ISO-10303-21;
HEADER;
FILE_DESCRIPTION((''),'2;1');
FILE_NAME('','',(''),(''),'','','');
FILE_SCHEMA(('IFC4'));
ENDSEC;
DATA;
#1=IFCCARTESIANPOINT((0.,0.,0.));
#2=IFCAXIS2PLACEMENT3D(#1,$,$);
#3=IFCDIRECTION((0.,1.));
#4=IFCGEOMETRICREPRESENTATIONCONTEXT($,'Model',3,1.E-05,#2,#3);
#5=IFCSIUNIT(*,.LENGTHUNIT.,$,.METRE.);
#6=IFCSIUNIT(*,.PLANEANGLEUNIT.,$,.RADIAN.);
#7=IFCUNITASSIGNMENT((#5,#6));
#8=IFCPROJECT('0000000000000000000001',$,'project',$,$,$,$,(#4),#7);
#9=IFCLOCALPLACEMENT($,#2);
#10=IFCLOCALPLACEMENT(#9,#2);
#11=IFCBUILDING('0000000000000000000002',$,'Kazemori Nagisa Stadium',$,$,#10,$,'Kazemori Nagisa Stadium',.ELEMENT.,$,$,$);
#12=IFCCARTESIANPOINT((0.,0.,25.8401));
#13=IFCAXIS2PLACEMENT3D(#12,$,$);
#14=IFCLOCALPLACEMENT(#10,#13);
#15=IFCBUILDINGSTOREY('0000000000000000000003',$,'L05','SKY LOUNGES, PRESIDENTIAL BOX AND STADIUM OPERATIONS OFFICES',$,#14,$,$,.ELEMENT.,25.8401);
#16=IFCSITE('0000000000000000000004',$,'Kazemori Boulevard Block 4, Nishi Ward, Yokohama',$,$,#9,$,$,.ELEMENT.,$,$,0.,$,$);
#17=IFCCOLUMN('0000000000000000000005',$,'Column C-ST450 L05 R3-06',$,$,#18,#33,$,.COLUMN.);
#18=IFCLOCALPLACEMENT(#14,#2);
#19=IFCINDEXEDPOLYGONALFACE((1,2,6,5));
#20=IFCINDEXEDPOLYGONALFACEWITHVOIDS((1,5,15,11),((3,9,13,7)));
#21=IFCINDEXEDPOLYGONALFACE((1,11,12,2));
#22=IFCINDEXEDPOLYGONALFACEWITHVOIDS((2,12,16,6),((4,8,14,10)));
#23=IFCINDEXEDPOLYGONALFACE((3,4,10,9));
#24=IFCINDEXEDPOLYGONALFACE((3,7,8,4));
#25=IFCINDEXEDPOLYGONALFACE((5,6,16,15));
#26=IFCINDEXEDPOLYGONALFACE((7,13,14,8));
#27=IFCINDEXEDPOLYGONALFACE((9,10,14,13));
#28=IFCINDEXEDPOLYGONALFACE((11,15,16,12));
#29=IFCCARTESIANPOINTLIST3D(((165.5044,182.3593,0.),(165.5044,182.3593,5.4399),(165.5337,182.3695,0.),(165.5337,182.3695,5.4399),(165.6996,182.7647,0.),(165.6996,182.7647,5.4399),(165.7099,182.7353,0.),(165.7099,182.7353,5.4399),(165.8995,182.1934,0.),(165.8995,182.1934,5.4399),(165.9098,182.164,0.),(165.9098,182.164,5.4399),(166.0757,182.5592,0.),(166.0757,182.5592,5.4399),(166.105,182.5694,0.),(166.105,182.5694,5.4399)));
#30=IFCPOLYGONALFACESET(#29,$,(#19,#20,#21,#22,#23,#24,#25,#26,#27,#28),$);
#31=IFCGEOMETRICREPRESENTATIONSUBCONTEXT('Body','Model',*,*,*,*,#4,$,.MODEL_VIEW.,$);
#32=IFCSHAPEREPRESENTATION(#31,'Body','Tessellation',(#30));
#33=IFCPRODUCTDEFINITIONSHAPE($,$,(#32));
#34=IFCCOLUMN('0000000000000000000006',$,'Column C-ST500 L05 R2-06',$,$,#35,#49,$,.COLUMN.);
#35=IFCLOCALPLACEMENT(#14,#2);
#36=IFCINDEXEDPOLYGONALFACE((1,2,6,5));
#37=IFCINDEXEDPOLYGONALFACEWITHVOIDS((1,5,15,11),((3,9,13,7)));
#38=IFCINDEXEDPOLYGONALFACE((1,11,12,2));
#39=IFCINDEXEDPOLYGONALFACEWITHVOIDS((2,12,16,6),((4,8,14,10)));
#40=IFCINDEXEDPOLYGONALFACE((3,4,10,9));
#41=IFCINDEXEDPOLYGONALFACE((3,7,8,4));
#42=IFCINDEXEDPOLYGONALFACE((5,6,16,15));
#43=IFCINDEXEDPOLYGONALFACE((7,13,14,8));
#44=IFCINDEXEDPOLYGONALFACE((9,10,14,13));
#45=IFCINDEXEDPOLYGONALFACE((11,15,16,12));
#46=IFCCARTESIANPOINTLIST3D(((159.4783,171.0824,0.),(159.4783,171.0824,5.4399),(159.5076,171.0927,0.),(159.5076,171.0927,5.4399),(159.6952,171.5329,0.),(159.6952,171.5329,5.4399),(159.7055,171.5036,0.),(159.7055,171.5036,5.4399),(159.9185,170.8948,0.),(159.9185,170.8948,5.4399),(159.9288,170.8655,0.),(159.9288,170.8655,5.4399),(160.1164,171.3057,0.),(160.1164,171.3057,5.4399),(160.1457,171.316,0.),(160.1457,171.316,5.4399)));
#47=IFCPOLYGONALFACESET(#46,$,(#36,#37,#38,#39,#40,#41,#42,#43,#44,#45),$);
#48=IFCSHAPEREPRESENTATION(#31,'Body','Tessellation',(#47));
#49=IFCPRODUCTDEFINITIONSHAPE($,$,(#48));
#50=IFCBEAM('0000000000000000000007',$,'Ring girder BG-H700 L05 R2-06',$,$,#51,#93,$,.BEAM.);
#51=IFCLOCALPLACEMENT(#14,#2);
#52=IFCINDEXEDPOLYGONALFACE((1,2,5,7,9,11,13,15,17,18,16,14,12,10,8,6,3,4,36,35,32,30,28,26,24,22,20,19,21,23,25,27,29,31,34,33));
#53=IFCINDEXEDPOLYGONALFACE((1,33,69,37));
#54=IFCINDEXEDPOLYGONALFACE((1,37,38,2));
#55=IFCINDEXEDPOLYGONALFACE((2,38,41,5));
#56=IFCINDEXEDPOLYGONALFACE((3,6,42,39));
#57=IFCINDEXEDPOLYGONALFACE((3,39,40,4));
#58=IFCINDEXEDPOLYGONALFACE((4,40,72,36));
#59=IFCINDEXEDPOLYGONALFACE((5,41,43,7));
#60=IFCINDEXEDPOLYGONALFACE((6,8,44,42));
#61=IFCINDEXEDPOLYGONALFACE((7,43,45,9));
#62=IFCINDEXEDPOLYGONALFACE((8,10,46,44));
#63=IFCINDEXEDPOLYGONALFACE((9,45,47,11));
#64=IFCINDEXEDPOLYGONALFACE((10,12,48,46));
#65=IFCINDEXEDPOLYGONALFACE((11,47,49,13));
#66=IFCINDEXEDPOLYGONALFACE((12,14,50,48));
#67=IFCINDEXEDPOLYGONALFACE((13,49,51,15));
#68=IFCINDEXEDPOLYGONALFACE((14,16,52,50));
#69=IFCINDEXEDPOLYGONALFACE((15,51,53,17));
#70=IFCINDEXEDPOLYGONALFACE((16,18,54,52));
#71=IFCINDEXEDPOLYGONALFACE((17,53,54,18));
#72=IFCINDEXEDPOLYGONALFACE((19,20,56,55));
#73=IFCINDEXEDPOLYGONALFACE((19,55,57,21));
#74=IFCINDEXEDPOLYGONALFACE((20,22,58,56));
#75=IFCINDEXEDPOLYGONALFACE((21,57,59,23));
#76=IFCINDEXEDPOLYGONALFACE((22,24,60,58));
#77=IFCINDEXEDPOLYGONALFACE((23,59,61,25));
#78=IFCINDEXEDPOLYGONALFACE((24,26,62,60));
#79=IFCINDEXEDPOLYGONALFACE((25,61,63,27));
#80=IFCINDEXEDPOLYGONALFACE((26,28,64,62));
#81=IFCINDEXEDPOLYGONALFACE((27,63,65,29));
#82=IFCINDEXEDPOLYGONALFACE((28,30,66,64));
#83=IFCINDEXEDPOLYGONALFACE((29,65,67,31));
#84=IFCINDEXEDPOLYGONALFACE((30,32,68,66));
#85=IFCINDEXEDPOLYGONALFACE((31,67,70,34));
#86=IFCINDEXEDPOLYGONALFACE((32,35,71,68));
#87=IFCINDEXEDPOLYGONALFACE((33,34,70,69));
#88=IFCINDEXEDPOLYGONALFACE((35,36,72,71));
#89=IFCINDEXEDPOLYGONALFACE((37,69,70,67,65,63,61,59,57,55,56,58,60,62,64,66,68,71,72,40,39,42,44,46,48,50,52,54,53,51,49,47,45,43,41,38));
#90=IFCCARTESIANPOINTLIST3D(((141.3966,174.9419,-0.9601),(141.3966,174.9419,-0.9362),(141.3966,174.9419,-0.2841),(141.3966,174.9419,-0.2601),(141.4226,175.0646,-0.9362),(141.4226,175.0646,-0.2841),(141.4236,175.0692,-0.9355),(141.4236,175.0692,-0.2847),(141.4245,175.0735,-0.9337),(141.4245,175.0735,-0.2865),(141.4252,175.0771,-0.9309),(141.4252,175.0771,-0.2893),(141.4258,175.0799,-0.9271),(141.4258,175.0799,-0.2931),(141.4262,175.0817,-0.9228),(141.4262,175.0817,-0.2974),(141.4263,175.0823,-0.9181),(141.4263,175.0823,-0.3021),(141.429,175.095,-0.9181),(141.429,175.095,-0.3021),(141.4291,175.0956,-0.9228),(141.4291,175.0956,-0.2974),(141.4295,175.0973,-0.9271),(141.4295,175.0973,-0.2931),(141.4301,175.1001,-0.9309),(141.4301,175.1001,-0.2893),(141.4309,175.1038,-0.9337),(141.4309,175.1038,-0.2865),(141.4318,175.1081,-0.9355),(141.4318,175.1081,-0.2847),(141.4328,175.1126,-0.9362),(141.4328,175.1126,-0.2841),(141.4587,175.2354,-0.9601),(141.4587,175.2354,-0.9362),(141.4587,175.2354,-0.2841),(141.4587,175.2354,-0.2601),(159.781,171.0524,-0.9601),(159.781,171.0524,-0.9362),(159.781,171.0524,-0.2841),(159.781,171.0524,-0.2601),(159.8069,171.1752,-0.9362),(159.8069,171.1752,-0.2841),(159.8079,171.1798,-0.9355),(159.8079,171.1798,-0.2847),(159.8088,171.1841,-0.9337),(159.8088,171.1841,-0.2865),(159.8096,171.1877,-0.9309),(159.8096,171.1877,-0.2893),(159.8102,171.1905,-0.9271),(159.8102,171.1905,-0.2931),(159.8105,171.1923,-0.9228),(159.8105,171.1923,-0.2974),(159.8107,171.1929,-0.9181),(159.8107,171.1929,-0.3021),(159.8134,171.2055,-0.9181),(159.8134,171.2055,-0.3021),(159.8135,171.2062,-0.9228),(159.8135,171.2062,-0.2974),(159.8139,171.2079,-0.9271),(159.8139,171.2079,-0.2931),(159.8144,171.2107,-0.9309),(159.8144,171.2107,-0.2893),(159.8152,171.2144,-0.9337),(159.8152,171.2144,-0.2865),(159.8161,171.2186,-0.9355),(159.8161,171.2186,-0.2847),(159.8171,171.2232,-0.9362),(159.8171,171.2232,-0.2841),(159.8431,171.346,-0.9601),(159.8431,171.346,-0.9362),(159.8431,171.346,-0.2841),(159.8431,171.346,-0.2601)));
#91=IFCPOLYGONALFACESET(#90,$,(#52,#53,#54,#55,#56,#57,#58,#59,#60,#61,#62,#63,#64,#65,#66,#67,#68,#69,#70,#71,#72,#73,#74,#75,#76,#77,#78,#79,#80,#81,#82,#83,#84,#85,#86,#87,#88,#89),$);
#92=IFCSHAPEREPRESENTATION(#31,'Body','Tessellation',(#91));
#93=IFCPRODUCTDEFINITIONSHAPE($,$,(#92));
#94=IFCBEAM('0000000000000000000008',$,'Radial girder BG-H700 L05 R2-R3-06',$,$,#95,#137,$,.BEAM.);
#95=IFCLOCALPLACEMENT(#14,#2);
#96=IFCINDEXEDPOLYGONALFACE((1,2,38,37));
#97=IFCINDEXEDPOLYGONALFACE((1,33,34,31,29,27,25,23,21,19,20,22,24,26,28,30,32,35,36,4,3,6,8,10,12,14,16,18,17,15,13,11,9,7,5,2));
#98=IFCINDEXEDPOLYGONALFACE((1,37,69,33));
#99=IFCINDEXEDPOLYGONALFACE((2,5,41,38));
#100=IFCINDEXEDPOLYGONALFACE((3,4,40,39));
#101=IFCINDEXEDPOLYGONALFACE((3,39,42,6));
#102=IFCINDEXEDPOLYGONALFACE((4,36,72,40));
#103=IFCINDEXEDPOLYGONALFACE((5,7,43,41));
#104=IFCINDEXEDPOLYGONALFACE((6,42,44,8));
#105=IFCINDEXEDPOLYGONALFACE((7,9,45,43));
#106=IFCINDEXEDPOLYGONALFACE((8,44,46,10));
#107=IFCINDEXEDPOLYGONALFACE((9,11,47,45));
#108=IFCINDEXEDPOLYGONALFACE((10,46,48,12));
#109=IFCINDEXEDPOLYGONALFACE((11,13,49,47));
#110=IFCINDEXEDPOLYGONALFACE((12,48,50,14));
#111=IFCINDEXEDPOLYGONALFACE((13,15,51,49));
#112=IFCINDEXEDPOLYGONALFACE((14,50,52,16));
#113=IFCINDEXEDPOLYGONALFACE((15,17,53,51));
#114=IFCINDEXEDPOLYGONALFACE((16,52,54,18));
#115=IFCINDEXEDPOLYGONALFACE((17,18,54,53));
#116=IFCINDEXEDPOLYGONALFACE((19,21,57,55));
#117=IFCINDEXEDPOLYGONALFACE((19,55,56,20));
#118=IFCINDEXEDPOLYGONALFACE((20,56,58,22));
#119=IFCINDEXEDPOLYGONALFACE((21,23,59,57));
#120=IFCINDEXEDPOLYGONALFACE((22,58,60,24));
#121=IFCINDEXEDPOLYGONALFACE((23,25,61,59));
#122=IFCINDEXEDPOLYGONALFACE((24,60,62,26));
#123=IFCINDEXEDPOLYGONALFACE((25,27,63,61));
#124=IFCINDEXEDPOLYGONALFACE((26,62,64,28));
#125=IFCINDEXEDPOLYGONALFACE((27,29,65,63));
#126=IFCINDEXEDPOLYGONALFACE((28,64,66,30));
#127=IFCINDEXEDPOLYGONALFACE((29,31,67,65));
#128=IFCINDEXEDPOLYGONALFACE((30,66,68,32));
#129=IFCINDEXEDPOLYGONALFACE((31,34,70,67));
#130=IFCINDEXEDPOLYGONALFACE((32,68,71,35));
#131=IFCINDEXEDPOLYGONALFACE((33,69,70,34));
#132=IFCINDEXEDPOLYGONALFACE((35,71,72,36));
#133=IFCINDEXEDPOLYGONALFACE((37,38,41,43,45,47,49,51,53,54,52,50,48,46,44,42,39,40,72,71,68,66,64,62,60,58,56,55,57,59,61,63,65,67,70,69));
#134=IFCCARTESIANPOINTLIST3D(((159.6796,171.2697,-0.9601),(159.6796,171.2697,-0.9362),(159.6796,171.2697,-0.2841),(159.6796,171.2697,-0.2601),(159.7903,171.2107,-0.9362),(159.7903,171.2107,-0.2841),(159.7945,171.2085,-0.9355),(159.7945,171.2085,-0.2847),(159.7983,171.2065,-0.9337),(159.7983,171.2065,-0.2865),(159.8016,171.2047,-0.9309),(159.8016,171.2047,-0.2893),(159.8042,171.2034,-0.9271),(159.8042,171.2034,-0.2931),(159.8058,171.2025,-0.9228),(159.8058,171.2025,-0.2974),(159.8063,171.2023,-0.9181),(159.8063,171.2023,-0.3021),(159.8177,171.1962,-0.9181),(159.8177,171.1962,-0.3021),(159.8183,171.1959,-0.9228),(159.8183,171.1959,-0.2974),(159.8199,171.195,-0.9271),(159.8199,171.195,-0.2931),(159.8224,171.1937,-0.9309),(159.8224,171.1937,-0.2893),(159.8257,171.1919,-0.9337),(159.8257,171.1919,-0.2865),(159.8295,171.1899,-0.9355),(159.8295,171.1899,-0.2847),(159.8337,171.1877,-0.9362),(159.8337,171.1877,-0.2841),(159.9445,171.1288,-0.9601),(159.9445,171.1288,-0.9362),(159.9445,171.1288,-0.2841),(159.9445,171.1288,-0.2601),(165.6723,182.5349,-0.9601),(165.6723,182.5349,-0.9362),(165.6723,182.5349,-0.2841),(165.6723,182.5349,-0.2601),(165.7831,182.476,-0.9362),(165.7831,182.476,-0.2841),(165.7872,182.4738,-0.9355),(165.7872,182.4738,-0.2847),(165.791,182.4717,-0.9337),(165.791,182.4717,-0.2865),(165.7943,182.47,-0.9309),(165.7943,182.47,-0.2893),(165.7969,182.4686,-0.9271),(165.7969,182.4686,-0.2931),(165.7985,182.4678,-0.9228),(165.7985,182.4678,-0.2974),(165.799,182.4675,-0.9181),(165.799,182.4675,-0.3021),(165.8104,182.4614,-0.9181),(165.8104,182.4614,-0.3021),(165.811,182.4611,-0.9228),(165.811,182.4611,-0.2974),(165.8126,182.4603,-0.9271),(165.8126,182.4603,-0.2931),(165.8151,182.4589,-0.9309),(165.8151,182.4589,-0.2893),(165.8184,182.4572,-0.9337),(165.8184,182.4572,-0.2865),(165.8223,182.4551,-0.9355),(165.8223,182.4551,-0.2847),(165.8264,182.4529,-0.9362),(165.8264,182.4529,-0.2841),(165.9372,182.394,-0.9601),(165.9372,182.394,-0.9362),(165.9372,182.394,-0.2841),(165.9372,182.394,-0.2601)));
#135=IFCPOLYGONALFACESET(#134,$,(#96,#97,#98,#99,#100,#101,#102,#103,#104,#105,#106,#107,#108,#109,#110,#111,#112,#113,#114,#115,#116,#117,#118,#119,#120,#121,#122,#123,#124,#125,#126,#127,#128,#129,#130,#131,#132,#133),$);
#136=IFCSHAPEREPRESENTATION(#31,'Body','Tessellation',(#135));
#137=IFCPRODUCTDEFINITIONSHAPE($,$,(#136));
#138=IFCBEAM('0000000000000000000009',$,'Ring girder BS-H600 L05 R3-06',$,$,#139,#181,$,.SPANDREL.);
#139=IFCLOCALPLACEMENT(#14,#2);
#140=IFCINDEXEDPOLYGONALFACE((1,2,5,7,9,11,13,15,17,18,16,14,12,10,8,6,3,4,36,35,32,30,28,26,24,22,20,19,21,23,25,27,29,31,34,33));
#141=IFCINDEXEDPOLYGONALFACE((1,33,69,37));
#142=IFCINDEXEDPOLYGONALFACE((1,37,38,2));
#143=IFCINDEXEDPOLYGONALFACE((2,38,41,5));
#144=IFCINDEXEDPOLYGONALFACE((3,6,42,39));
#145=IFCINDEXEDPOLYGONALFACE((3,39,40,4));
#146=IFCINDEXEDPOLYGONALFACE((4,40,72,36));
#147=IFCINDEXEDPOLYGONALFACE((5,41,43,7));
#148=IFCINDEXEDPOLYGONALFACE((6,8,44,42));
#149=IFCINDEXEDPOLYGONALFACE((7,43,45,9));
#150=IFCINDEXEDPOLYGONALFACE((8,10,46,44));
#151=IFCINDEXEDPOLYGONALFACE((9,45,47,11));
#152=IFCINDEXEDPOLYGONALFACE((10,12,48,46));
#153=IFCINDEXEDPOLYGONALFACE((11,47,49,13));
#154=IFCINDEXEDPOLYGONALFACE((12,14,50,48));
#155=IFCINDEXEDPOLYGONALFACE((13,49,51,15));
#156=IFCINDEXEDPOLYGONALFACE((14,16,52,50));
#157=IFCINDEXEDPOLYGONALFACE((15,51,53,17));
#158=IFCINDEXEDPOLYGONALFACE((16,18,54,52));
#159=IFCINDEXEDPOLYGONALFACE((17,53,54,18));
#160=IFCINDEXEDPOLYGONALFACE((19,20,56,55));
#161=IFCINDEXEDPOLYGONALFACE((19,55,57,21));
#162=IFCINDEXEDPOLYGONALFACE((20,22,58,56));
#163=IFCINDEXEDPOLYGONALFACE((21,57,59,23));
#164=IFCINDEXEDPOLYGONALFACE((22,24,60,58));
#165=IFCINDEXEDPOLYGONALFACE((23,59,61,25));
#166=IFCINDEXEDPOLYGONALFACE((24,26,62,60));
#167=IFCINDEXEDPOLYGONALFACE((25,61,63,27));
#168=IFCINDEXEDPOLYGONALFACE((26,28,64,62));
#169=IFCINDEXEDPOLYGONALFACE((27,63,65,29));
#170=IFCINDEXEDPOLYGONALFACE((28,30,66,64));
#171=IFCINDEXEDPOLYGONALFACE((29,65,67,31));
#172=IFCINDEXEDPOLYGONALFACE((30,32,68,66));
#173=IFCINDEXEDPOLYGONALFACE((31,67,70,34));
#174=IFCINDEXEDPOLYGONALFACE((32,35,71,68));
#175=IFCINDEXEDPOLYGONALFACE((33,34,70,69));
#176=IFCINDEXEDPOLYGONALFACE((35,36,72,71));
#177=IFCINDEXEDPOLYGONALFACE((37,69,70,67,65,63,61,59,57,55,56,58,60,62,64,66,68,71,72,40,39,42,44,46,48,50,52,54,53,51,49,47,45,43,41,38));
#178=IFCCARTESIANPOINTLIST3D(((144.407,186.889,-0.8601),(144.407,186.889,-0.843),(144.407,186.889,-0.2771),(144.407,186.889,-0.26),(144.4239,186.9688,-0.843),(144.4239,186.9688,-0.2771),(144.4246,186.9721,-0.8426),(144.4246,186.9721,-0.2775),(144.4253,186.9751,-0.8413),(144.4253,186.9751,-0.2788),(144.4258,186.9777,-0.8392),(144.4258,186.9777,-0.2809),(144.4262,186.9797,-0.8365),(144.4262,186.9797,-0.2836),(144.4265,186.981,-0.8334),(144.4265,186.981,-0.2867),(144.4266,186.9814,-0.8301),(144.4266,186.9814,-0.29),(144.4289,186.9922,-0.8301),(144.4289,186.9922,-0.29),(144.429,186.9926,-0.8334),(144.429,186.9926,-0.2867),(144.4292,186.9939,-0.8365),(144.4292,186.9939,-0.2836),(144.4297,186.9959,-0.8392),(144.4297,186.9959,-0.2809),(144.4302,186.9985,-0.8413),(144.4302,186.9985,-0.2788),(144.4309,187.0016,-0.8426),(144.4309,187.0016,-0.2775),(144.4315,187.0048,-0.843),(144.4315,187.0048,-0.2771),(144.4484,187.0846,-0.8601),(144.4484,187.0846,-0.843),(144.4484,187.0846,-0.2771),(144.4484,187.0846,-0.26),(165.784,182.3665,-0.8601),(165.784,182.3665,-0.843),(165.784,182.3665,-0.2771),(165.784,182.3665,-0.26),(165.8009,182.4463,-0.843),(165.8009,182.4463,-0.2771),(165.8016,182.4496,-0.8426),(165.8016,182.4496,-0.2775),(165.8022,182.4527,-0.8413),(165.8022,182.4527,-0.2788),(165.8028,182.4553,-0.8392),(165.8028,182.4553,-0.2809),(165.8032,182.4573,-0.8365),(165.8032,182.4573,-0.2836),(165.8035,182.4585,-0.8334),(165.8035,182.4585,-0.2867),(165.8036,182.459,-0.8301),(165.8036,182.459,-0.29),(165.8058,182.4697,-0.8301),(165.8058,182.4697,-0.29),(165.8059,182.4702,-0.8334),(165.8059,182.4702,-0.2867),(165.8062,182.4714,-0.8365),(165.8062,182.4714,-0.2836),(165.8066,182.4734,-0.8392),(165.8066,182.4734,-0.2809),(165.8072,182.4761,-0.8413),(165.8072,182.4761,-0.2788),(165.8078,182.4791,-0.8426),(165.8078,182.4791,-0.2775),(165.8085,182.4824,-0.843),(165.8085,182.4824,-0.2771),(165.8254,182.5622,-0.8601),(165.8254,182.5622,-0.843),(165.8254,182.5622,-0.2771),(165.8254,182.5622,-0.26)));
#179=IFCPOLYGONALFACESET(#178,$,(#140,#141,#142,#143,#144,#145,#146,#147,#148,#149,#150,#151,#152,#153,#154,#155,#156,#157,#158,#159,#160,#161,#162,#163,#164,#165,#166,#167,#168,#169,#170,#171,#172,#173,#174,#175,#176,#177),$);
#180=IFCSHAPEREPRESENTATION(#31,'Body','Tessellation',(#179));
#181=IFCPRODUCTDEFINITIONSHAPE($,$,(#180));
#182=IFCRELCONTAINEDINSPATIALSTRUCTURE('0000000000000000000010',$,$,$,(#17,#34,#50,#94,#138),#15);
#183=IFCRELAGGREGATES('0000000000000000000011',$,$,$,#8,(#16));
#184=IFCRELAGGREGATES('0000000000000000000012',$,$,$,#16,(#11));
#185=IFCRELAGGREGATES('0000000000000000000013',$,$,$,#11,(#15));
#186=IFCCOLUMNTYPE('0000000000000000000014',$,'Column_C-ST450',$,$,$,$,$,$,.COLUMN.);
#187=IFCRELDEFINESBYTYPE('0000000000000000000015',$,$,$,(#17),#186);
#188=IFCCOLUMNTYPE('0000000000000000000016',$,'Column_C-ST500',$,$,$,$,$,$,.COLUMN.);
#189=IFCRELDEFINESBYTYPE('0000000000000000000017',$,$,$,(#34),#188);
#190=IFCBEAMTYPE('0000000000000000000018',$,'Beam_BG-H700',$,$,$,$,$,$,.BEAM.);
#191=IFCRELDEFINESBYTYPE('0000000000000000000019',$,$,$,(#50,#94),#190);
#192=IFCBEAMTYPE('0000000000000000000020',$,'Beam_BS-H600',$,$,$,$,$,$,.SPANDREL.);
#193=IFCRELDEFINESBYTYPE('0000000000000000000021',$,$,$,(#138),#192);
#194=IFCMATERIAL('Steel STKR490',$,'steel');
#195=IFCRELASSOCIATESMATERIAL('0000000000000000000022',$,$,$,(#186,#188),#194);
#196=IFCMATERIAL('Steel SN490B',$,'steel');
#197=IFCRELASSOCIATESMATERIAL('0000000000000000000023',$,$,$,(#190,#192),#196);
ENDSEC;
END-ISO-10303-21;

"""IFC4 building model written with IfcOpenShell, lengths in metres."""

from ifc_helpers import new_model, si_unit, direction, frame, origin, origin_2d, place, context, subcontext, project, spatial, hollow_rectangle, i_section, extrude, material, material_profile, profile_set, type_object, element, save


model = new_model("IFC4")

# Units and contexts
model_context = context("Model", 3, precision=1e-05, world=origin(), true_north=direction((0.0, 1.0)))
body_context = subcontext(model_context, "Body", "Model", "MODEL_VIEW")
ifc_project = project(units=[si_unit("LENGTHUNIT", "METRE"), si_unit("PLANEANGLEUNIT", "RADIAN")], contexts=[model_context])

# Site, building, storey
site_placement = place(None, origin())
site = spatial("IfcSite", under=ifc_project, at=site_placement, Name="Kazemori Boulevard Block 4, Nishi Ward, Yokohama", CompositionType="ELEMENT", RefElevation=0.0)
building_placement = place(site_placement, origin())
building = spatial("IfcBuilding", under=site, at=building_placement, Name="Kazemori Nagisa Stadium", LongName="Kazemori Nagisa Stadium", CompositionType="ELEMENT")
storey_placement = place(building_placement, frame((0.0, 0.0, 25.8401)))
storey = spatial("IfcBuildingStorey", under=building, at=storey_placement, Name="L05", Description="SKY LOUNGES, PRESIDENTIAL BOX AND STADIUM OPERATIONS OFFICES", CompositionType="ELEMENT", Elevation=25.8401)

# Columns
ifc_material_1 = material(Name="Steel STKR490", Category="steel")
ifc_material_profile_1 = material_profile(ifc_material_1, hollow_rectangle(XDim=0.45, YDim=0.45, WallThickness=0.022, at=origin_2d()), Name="SHS-450x450x22")
ifc_profile_set_1 = profile_set([ifc_material_profile_1], Name="Steel STKR490")
column_type_1 = type_object("IfcColumnType", Name="Column_C-ST450", PredefinedType="COLUMN", material=ifc_profile_set_1)
column_1_placement = place(storey_placement, frame((165.8047, 182.4644, 0.0), z_axis=(0.0, 0.0, 1.0), x_axis=(0.433884, 0.900969, 0.0)))
element("IfcColumn", 1, at=column_1_placement, inside=storey, type_object=column_type_1, Name="Column C-ST450 L05 R3-06", PredefinedType="COLUMN", context=body_context, shape_type="SweptSolid", body=[
    extrude(hollow_rectangle(XDim=0.45, YDim=0.45, WallThickness=0.022, at=origin_2d()), origin(), (0.0, 0.0, 1.0), 5.4399),
])
ifc_material_profile_2 = material_profile(ifc_material_1, hollow_rectangle(XDim=0.5, YDim=0.5, WallThickness=0.022, at=origin_2d()), Name="SHS-500x500x22")
ifc_profile_set_2 = profile_set([ifc_material_profile_2], Name="Steel STKR490")
column_type_2 = type_object("IfcColumnType", Name="Column_C-ST500", PredefinedType="COLUMN", material=ifc_profile_set_2)
column_2_placement = place(storey_placement, frame((159.812, 171.1992, 0.0), z_axis=(0.0, 0.0, 1.0), x_axis=(0.433884, 0.900969, 0.0)))
element("IfcColumn", 2, at=column_2_placement, inside=storey, type_object=column_type_2, Name="Column C-ST500 L05 R2-06", PredefinedType="COLUMN", context=body_context, shape_type="SweptSolid", body=[
    extrude(hollow_rectangle(XDim=0.5, YDim=0.5, WallThickness=0.022, at=origin_2d()), origin(), (0.0, 0.0, 1.0), 5.4399),
])

# Beams
ifc_material_2 = material(Name="Steel SN490B", Category="steel")
ifc_material_profile_3 = material_profile(ifc_material_2, i_section(OverallWidth=0.3, OverallDepth=0.7, WebThickness=0.0129, FlangeThickness=0.0239, FilletRadius=0.0181, at=origin_2d()), Name="H-700x300x13x24")
ifc_profile_set_3 = profile_set([ifc_material_profile_3], Name="Steel SN490B")
beam_type_1 = type_object("IfcBeamType", Name="Beam_BG-H700", PredefinedType="BEAM", material=ifc_profile_set_3)
beam_1_placement = place(storey_placement, frame((159.812, 171.1992, -0.6101), z_axis=(-0.978345, 0.20698, 0.0), x_axis=(-0.20698, -0.978345, 0.0)))
element("IfcBeam", 3, at=beam_1_placement, inside=storey, type_object=beam_type_1, Name="Ring girder BG-H700 L05 R2-06", PredefinedType="BEAM", context=body_context, shape_type="SweptSolid", body=[
    extrude(i_section(OverallWidth=0.3, OverallDepth=0.7, WebThickness=0.0129, FlangeThickness=0.0239, FilletRadius=0.0181, at=origin_2d()), origin(), (0.0, 0.0, 1.0), 18.7913),
])
beam_2_placement = place(storey_placement, frame((159.812, 171.1992, -0.6101), z_axis=(0.469649, 0.882853, 0.0), x_axis=(-0.882853, 0.469649, 0.0)))
element("IfcBeam", 4, at=beam_2_placement, inside=storey, type_object=beam_type_1, Name="Radial girder BG-H700 L05 R2-R3-06", PredefinedType="BEAM", context=body_context, shape_type="SweptSolid", body=[
    extrude(i_section(OverallWidth=0.3, OverallDepth=0.7, WebThickness=0.0129, FlangeThickness=0.0239, FilletRadius=0.0181, at=origin_2d()), origin(), (0.0, 0.0, 1.0), 12.76),
])
ifc_material_profile_4 = material_profile(ifc_material_2, i_section(OverallWidth=0.2, OverallDepth=0.6001, WebThickness=0.011, FlangeThickness=0.0171, FilletRadius=0.0129, at=origin_2d()), Name="H-600x200x11x17")
ifc_profile_set_4 = profile_set([ifc_material_profile_4], Name="Steel SN490B")
beam_type_2 = type_object("IfcBeamType", Name="Beam_BS-H600", PredefinedType="SPANDREL", material=ifc_profile_set_4)
beam_3_placement = place(storey_placement, frame((165.8047, 182.4644, -0.5601), z_axis=(-0.978346, 0.206977, 0.0), x_axis=(-0.206977, -0.978346, 0.0)))
element("IfcBeam", 5, at=beam_3_placement, inside=storey, type_object=beam_type_2, Name="Ring girder BS-H600 L05 R3-06", PredefinedType="SPANDREL", context=body_context, shape_type="SweptSolid", body=[
    extrude(i_section(OverallWidth=0.2, OverallDepth=0.6001, WebThickness=0.011, FlangeThickness=0.0171, FilletRadius=0.0129, at=origin_2d()), origin(), (0.0, 0.0, 1.0), 21.8501),
])

save(model, "model.ifc")
